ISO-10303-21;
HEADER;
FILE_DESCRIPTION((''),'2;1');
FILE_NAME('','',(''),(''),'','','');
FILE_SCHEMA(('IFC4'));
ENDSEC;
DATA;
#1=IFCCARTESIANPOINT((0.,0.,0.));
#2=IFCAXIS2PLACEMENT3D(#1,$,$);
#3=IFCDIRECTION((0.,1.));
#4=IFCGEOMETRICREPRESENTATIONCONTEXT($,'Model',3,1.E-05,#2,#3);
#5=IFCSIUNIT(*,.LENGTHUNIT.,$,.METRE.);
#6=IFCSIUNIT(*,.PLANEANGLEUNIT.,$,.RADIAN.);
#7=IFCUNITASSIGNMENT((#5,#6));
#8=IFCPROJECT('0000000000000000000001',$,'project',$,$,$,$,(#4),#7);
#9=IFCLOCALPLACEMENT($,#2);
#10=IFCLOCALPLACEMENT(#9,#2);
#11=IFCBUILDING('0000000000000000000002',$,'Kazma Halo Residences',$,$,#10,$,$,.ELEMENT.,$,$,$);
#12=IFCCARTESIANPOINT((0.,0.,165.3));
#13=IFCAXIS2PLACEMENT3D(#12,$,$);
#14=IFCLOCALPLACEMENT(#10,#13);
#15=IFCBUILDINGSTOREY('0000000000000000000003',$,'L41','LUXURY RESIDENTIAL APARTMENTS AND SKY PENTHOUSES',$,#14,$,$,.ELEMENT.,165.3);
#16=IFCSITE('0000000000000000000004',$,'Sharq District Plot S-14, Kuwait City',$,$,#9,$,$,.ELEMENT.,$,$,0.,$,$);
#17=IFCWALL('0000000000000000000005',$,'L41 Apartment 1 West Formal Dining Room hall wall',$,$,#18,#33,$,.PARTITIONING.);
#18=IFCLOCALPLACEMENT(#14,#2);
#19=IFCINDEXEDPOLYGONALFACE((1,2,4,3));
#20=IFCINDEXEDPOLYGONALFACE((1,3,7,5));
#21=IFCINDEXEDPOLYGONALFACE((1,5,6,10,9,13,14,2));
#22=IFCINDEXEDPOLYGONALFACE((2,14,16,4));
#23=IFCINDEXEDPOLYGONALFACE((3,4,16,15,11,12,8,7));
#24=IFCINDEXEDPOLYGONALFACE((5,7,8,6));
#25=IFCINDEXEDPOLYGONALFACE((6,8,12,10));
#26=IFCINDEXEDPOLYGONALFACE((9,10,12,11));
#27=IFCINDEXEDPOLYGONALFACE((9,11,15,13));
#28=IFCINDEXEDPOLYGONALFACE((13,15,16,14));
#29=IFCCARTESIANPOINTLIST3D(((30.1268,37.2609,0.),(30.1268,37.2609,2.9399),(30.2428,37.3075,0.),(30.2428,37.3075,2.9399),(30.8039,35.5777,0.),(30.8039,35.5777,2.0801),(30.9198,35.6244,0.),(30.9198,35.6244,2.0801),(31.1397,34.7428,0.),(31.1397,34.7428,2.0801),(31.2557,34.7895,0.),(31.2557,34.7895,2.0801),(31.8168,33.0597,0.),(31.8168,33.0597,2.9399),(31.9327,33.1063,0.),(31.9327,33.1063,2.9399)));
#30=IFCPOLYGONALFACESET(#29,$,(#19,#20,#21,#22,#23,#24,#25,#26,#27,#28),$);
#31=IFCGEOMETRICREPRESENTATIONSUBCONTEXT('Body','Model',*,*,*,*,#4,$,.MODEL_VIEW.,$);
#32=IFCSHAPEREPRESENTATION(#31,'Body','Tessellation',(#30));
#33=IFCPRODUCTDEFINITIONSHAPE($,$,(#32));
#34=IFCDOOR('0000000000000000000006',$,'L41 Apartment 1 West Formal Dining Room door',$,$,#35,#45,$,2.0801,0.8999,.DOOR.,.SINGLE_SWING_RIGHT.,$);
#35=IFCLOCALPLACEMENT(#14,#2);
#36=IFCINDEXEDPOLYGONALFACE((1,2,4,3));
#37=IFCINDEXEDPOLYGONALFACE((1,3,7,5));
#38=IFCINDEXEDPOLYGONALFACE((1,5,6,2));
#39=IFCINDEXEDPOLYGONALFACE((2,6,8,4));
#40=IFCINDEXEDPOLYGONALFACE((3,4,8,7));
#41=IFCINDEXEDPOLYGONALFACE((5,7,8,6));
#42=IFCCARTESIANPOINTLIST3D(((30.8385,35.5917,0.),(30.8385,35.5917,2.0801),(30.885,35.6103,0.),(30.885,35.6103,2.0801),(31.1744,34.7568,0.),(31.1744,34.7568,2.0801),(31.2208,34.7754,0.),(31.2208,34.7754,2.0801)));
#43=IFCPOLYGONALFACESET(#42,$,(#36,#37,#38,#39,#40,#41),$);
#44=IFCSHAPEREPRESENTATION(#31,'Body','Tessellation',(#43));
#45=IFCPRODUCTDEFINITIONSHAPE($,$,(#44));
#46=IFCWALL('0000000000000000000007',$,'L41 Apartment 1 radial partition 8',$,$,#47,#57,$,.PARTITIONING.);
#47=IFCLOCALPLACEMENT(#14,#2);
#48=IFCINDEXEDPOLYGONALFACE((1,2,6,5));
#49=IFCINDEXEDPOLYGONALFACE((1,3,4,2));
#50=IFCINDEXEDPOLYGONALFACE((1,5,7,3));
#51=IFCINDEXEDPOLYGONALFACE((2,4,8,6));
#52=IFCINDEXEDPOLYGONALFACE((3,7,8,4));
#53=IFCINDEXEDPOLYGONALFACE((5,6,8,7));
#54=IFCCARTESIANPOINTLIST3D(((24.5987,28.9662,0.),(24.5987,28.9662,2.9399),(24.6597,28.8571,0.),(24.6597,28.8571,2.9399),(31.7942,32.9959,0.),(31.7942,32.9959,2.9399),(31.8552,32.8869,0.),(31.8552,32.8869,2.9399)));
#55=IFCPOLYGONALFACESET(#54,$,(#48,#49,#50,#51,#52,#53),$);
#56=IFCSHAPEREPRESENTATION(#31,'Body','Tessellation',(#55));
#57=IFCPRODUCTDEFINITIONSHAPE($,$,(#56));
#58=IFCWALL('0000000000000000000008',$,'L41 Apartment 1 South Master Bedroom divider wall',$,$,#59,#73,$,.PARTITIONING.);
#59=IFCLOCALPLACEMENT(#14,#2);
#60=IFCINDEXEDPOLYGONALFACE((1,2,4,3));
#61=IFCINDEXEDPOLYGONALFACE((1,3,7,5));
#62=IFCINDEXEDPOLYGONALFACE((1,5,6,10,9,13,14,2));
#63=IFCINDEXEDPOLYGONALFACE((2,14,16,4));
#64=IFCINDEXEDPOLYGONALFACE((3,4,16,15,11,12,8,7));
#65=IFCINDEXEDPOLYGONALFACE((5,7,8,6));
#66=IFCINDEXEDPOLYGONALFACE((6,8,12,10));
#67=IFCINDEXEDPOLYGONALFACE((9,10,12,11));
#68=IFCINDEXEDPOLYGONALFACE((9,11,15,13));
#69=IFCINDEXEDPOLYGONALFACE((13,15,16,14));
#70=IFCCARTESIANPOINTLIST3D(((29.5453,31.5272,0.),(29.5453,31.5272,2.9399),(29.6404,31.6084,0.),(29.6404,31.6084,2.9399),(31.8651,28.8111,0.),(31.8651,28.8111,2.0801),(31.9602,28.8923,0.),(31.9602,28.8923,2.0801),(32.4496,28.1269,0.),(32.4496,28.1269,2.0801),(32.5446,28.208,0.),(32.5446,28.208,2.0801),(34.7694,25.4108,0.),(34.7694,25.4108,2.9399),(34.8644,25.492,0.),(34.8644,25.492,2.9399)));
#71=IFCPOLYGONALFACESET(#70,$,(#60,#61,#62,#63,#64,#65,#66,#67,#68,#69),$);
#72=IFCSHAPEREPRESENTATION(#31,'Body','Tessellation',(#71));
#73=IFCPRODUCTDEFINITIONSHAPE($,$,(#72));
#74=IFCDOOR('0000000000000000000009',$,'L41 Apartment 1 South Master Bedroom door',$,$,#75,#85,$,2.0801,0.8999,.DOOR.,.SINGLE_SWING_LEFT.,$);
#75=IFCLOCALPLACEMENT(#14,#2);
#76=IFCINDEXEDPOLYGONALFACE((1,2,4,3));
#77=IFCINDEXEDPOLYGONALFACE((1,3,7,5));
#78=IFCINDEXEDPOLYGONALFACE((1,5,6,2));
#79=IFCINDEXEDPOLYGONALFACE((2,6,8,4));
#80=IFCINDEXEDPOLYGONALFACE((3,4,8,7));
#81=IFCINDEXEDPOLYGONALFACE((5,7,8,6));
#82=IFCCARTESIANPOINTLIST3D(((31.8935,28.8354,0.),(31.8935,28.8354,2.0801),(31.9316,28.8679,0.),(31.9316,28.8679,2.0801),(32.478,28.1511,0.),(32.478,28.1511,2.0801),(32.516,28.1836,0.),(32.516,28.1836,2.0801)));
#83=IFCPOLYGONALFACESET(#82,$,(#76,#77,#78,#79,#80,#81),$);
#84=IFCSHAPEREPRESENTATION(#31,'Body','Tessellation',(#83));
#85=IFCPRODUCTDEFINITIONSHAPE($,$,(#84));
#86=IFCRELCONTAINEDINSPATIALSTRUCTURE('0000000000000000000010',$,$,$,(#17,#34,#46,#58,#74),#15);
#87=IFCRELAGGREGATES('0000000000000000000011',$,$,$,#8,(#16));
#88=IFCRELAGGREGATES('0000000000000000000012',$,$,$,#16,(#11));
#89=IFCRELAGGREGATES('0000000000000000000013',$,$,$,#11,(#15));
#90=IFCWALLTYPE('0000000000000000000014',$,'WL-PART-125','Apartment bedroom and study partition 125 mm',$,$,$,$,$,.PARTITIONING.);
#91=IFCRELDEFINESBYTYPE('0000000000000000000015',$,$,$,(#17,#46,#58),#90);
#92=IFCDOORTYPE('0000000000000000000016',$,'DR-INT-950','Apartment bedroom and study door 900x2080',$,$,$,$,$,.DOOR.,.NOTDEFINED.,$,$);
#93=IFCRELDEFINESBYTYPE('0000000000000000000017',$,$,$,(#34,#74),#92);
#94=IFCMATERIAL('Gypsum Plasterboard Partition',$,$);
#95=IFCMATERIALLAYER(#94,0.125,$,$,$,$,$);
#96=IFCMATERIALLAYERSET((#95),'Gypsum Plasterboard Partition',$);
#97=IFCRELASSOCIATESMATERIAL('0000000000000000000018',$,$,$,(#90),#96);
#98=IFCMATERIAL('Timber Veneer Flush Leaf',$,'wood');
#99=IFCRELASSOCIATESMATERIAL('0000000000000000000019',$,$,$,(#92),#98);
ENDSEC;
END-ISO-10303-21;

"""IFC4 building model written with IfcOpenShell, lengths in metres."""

from ifc_helpers import new_model, si_unit, direction, frame, frame_2d, origin, place, context, subcontext, project, spatial, rectangle, extrude, material, layer, layer_set, type_object, element, fill, save


model = new_model("IFC4")

# Units and contexts
model_context = context("Model", 3, precision=1e-05, world=origin(), true_north=direction((0.0, 1.0)))
body_context = subcontext(model_context, "Body", "Model", "MODEL_VIEW")
ifc_project = project(units=[si_unit("LENGTHUNIT", "METRE"), si_unit("PLANEANGLEUNIT", "RADIAN")], contexts=[model_context])

# Site, building, storey
site_placement = place(None, origin())
site = spatial("IfcSite", under=ifc_project, at=site_placement, Name="Sharq District Plot S-14, Kuwait City", CompositionType="ELEMENT", RefElevation=0.0)
building_placement = place(site_placement, origin())
building = spatial("IfcBuilding", under=site, at=building_placement, Name="Kazma Halo Residences", CompositionType="ELEMENT")
storey_placement = place(building_placement, frame((0.0, 0.0, 165.3)))
storey = spatial("IfcBuildingStorey", under=building, at=storey_placement, Name="L41", Description="LUXURY RESIDENTIAL APARTMENTS AND SKY PENTHOUSES", CompositionType="ELEMENT", Elevation=165.3)

# Shared definitions
ifc_material_1 = material(Name="Gypsum Plasterboard Partition")
ifc_layer_1 = layer(ifc_material_1, 0.125)
ifc_layer_set_1 = layer_set([ifc_layer_1], Name="Gypsum Plasterboard Partition")
wall_type_1 = type_object("IfcWallType", Name="WL-PART-125", Description="Apartment bedroom and study partition 125 mm", PredefinedType="PARTITIONING", material=ifc_layer_set_1)

# Wall, opening, door
wall_1_placement = place(storey_placement, frame((30.1848, 37.2842, 0.0), z_axis=(0.0, 0.0, 1.0), x_axis=(0.373193, -0.927754, 0.0)))
wall_1 = element("IfcWall", 1, at=wall_1_placement, inside=storey, type_object=wall_type_1, Name="L41 Apartment 1 West Formal Dining Room hall wall", PredefinedType="PARTITIONING", context=body_context, shape_type="SweptSolid", body=[
    extrude(rectangle(XDim=4.5283, YDim=0.125, at=frame_2d((2.2642, 0.0))), origin(), (0.0, 0.0, 1.0), 2.9399),
])
opening_1_placement = place(wall_1_placement, frame((1.8142, 0.0, 0.0)))
opening_1 = element("IfcOpeningElement", 2, at=opening_1_placement, cuts=wall_1, PredefinedType="OPENING", context=body_context, shape_type="SweptSolid", body=[
    extrude(rectangle(XDim=0.8999, YDim=2.0801, at=frame_2d((0.45, 1.04))), frame((0.0, 0.0725, 0.0), z_axis=(0.0, -1.0, 0.0), x_axis=(1.0, 0.0, 0.0)), (0.0, 0.0, 1.0), 0.145),
])
ifc_material_2 = material(Name="Timber Veneer Flush Leaf", Category="wood")
door_type_1 = type_object("IfcDoorType", Name="DR-INT-950", Description="Apartment bedroom and study door 900x2080", OperationType="NOTDEFINED", PredefinedType="DOOR", material=ifc_material_2)
door_1_placement = place(opening_1_placement, origin())
door_1 = element("IfcDoor", 3, at=door_1_placement, inside=storey, type_object=door_type_1, Name="L41 Apartment 1 West Formal Dining Room door", OperationType="SINGLE_SWING_RIGHT", OverallHeight=2.0801, OverallWidth=0.8999, PredefinedType="DOOR", context=body_context, shape_type="SweptSolid", body=[
    extrude(rectangle(XDim=0.8999, YDim=2.0801, at=frame_2d((0.45, 1.04))), frame((0.0, 0.0249, 0.0), z_axis=(0.0, -1.0, 0.0), x_axis=(1.0, 0.0, 0.0)), (0.0, 0.0, 1.0), 0.05),
])
fill(opening_1, door_1)

# Wall
wall_2_placement = place(storey_placement, frame((31.8247, 32.9414, 0.0), z_axis=(0.0, 0.0, 1.0), x_axis=(-0.872492, -0.488629, 0.0)))
element("IfcWall", 4, at=wall_2_placement, inside=storey, type_object=wall_type_1, Name="L41 Apartment 1 radial partition 8", PredefinedType="PARTITIONING", context=body_context, shape_type="SweptSolid", body=[
    extrude(rectangle(XDim=8.2471, YDim=0.125, at=frame_2d((4.1235, 0.0))), origin(), (0.0, 0.0, 1.0), 2.9399),
])

# Wall, opening, door
wall_3_placement = place(storey_placement, frame((29.5928, 31.5679, 0.0), z_axis=(0.0, 0.0, 1.0), x_axis=(0.649461, -0.760395, 0.0)))
wall_3 = element("IfcWall", 5, at=wall_3_placement, inside=storey, type_object=wall_type_1, Name="L41 Apartment 1 South Master Bedroom divider wall", PredefinedType="PARTITIONING", context=body_context, shape_type="SweptSolid", body=[
    extrude(rectangle(XDim=8.0437, YDim=0.125, at=frame_2d((4.022, 0.0))), origin(), (0.0, 0.0, 1.0), 2.9399),
])
opening_2_placement = place(wall_3_placement, frame((3.572, 0.0, 0.0)))
opening_2 = element("IfcOpeningElement", 6, at=opening_2_placement, cuts=wall_3, PredefinedType="OPENING", context=body_context, shape_type="SweptSolid", body=[
    extrude(rectangle(XDim=0.8999, YDim=2.0801, at=frame_2d((0.45, 1.04))), frame((0.0, 0.0725, 0.0), z_axis=(0.0, -1.0, 0.0), x_axis=(1.0, 0.0, 0.0)), (0.0, 0.0, 1.0), 0.145),
])
door_2_placement = place(opening_2_placement, origin())
door_2 = element("IfcDoor", 7, at=door_2_placement, inside=storey, type_object=door_type_1, Name="L41 Apartment 1 South Master Bedroom door", OperationType="SINGLE_SWING_LEFT", OverallHeight=2.0801, OverallWidth=0.8999, PredefinedType="DOOR", context=body_context, shape_type="SweptSolid", body=[
    extrude(rectangle(XDim=0.8999, YDim=2.0801, at=frame_2d((0.45, 1.04))), frame((0.0, 0.0249, 0.0), z_axis=(0.0, -1.0, 0.0), x_axis=(1.0, 0.0, 0.0)), (0.0, 0.0, 1.0), 0.05),
])
fill(opening_2, door_2)

save(model, "model.ifc")
